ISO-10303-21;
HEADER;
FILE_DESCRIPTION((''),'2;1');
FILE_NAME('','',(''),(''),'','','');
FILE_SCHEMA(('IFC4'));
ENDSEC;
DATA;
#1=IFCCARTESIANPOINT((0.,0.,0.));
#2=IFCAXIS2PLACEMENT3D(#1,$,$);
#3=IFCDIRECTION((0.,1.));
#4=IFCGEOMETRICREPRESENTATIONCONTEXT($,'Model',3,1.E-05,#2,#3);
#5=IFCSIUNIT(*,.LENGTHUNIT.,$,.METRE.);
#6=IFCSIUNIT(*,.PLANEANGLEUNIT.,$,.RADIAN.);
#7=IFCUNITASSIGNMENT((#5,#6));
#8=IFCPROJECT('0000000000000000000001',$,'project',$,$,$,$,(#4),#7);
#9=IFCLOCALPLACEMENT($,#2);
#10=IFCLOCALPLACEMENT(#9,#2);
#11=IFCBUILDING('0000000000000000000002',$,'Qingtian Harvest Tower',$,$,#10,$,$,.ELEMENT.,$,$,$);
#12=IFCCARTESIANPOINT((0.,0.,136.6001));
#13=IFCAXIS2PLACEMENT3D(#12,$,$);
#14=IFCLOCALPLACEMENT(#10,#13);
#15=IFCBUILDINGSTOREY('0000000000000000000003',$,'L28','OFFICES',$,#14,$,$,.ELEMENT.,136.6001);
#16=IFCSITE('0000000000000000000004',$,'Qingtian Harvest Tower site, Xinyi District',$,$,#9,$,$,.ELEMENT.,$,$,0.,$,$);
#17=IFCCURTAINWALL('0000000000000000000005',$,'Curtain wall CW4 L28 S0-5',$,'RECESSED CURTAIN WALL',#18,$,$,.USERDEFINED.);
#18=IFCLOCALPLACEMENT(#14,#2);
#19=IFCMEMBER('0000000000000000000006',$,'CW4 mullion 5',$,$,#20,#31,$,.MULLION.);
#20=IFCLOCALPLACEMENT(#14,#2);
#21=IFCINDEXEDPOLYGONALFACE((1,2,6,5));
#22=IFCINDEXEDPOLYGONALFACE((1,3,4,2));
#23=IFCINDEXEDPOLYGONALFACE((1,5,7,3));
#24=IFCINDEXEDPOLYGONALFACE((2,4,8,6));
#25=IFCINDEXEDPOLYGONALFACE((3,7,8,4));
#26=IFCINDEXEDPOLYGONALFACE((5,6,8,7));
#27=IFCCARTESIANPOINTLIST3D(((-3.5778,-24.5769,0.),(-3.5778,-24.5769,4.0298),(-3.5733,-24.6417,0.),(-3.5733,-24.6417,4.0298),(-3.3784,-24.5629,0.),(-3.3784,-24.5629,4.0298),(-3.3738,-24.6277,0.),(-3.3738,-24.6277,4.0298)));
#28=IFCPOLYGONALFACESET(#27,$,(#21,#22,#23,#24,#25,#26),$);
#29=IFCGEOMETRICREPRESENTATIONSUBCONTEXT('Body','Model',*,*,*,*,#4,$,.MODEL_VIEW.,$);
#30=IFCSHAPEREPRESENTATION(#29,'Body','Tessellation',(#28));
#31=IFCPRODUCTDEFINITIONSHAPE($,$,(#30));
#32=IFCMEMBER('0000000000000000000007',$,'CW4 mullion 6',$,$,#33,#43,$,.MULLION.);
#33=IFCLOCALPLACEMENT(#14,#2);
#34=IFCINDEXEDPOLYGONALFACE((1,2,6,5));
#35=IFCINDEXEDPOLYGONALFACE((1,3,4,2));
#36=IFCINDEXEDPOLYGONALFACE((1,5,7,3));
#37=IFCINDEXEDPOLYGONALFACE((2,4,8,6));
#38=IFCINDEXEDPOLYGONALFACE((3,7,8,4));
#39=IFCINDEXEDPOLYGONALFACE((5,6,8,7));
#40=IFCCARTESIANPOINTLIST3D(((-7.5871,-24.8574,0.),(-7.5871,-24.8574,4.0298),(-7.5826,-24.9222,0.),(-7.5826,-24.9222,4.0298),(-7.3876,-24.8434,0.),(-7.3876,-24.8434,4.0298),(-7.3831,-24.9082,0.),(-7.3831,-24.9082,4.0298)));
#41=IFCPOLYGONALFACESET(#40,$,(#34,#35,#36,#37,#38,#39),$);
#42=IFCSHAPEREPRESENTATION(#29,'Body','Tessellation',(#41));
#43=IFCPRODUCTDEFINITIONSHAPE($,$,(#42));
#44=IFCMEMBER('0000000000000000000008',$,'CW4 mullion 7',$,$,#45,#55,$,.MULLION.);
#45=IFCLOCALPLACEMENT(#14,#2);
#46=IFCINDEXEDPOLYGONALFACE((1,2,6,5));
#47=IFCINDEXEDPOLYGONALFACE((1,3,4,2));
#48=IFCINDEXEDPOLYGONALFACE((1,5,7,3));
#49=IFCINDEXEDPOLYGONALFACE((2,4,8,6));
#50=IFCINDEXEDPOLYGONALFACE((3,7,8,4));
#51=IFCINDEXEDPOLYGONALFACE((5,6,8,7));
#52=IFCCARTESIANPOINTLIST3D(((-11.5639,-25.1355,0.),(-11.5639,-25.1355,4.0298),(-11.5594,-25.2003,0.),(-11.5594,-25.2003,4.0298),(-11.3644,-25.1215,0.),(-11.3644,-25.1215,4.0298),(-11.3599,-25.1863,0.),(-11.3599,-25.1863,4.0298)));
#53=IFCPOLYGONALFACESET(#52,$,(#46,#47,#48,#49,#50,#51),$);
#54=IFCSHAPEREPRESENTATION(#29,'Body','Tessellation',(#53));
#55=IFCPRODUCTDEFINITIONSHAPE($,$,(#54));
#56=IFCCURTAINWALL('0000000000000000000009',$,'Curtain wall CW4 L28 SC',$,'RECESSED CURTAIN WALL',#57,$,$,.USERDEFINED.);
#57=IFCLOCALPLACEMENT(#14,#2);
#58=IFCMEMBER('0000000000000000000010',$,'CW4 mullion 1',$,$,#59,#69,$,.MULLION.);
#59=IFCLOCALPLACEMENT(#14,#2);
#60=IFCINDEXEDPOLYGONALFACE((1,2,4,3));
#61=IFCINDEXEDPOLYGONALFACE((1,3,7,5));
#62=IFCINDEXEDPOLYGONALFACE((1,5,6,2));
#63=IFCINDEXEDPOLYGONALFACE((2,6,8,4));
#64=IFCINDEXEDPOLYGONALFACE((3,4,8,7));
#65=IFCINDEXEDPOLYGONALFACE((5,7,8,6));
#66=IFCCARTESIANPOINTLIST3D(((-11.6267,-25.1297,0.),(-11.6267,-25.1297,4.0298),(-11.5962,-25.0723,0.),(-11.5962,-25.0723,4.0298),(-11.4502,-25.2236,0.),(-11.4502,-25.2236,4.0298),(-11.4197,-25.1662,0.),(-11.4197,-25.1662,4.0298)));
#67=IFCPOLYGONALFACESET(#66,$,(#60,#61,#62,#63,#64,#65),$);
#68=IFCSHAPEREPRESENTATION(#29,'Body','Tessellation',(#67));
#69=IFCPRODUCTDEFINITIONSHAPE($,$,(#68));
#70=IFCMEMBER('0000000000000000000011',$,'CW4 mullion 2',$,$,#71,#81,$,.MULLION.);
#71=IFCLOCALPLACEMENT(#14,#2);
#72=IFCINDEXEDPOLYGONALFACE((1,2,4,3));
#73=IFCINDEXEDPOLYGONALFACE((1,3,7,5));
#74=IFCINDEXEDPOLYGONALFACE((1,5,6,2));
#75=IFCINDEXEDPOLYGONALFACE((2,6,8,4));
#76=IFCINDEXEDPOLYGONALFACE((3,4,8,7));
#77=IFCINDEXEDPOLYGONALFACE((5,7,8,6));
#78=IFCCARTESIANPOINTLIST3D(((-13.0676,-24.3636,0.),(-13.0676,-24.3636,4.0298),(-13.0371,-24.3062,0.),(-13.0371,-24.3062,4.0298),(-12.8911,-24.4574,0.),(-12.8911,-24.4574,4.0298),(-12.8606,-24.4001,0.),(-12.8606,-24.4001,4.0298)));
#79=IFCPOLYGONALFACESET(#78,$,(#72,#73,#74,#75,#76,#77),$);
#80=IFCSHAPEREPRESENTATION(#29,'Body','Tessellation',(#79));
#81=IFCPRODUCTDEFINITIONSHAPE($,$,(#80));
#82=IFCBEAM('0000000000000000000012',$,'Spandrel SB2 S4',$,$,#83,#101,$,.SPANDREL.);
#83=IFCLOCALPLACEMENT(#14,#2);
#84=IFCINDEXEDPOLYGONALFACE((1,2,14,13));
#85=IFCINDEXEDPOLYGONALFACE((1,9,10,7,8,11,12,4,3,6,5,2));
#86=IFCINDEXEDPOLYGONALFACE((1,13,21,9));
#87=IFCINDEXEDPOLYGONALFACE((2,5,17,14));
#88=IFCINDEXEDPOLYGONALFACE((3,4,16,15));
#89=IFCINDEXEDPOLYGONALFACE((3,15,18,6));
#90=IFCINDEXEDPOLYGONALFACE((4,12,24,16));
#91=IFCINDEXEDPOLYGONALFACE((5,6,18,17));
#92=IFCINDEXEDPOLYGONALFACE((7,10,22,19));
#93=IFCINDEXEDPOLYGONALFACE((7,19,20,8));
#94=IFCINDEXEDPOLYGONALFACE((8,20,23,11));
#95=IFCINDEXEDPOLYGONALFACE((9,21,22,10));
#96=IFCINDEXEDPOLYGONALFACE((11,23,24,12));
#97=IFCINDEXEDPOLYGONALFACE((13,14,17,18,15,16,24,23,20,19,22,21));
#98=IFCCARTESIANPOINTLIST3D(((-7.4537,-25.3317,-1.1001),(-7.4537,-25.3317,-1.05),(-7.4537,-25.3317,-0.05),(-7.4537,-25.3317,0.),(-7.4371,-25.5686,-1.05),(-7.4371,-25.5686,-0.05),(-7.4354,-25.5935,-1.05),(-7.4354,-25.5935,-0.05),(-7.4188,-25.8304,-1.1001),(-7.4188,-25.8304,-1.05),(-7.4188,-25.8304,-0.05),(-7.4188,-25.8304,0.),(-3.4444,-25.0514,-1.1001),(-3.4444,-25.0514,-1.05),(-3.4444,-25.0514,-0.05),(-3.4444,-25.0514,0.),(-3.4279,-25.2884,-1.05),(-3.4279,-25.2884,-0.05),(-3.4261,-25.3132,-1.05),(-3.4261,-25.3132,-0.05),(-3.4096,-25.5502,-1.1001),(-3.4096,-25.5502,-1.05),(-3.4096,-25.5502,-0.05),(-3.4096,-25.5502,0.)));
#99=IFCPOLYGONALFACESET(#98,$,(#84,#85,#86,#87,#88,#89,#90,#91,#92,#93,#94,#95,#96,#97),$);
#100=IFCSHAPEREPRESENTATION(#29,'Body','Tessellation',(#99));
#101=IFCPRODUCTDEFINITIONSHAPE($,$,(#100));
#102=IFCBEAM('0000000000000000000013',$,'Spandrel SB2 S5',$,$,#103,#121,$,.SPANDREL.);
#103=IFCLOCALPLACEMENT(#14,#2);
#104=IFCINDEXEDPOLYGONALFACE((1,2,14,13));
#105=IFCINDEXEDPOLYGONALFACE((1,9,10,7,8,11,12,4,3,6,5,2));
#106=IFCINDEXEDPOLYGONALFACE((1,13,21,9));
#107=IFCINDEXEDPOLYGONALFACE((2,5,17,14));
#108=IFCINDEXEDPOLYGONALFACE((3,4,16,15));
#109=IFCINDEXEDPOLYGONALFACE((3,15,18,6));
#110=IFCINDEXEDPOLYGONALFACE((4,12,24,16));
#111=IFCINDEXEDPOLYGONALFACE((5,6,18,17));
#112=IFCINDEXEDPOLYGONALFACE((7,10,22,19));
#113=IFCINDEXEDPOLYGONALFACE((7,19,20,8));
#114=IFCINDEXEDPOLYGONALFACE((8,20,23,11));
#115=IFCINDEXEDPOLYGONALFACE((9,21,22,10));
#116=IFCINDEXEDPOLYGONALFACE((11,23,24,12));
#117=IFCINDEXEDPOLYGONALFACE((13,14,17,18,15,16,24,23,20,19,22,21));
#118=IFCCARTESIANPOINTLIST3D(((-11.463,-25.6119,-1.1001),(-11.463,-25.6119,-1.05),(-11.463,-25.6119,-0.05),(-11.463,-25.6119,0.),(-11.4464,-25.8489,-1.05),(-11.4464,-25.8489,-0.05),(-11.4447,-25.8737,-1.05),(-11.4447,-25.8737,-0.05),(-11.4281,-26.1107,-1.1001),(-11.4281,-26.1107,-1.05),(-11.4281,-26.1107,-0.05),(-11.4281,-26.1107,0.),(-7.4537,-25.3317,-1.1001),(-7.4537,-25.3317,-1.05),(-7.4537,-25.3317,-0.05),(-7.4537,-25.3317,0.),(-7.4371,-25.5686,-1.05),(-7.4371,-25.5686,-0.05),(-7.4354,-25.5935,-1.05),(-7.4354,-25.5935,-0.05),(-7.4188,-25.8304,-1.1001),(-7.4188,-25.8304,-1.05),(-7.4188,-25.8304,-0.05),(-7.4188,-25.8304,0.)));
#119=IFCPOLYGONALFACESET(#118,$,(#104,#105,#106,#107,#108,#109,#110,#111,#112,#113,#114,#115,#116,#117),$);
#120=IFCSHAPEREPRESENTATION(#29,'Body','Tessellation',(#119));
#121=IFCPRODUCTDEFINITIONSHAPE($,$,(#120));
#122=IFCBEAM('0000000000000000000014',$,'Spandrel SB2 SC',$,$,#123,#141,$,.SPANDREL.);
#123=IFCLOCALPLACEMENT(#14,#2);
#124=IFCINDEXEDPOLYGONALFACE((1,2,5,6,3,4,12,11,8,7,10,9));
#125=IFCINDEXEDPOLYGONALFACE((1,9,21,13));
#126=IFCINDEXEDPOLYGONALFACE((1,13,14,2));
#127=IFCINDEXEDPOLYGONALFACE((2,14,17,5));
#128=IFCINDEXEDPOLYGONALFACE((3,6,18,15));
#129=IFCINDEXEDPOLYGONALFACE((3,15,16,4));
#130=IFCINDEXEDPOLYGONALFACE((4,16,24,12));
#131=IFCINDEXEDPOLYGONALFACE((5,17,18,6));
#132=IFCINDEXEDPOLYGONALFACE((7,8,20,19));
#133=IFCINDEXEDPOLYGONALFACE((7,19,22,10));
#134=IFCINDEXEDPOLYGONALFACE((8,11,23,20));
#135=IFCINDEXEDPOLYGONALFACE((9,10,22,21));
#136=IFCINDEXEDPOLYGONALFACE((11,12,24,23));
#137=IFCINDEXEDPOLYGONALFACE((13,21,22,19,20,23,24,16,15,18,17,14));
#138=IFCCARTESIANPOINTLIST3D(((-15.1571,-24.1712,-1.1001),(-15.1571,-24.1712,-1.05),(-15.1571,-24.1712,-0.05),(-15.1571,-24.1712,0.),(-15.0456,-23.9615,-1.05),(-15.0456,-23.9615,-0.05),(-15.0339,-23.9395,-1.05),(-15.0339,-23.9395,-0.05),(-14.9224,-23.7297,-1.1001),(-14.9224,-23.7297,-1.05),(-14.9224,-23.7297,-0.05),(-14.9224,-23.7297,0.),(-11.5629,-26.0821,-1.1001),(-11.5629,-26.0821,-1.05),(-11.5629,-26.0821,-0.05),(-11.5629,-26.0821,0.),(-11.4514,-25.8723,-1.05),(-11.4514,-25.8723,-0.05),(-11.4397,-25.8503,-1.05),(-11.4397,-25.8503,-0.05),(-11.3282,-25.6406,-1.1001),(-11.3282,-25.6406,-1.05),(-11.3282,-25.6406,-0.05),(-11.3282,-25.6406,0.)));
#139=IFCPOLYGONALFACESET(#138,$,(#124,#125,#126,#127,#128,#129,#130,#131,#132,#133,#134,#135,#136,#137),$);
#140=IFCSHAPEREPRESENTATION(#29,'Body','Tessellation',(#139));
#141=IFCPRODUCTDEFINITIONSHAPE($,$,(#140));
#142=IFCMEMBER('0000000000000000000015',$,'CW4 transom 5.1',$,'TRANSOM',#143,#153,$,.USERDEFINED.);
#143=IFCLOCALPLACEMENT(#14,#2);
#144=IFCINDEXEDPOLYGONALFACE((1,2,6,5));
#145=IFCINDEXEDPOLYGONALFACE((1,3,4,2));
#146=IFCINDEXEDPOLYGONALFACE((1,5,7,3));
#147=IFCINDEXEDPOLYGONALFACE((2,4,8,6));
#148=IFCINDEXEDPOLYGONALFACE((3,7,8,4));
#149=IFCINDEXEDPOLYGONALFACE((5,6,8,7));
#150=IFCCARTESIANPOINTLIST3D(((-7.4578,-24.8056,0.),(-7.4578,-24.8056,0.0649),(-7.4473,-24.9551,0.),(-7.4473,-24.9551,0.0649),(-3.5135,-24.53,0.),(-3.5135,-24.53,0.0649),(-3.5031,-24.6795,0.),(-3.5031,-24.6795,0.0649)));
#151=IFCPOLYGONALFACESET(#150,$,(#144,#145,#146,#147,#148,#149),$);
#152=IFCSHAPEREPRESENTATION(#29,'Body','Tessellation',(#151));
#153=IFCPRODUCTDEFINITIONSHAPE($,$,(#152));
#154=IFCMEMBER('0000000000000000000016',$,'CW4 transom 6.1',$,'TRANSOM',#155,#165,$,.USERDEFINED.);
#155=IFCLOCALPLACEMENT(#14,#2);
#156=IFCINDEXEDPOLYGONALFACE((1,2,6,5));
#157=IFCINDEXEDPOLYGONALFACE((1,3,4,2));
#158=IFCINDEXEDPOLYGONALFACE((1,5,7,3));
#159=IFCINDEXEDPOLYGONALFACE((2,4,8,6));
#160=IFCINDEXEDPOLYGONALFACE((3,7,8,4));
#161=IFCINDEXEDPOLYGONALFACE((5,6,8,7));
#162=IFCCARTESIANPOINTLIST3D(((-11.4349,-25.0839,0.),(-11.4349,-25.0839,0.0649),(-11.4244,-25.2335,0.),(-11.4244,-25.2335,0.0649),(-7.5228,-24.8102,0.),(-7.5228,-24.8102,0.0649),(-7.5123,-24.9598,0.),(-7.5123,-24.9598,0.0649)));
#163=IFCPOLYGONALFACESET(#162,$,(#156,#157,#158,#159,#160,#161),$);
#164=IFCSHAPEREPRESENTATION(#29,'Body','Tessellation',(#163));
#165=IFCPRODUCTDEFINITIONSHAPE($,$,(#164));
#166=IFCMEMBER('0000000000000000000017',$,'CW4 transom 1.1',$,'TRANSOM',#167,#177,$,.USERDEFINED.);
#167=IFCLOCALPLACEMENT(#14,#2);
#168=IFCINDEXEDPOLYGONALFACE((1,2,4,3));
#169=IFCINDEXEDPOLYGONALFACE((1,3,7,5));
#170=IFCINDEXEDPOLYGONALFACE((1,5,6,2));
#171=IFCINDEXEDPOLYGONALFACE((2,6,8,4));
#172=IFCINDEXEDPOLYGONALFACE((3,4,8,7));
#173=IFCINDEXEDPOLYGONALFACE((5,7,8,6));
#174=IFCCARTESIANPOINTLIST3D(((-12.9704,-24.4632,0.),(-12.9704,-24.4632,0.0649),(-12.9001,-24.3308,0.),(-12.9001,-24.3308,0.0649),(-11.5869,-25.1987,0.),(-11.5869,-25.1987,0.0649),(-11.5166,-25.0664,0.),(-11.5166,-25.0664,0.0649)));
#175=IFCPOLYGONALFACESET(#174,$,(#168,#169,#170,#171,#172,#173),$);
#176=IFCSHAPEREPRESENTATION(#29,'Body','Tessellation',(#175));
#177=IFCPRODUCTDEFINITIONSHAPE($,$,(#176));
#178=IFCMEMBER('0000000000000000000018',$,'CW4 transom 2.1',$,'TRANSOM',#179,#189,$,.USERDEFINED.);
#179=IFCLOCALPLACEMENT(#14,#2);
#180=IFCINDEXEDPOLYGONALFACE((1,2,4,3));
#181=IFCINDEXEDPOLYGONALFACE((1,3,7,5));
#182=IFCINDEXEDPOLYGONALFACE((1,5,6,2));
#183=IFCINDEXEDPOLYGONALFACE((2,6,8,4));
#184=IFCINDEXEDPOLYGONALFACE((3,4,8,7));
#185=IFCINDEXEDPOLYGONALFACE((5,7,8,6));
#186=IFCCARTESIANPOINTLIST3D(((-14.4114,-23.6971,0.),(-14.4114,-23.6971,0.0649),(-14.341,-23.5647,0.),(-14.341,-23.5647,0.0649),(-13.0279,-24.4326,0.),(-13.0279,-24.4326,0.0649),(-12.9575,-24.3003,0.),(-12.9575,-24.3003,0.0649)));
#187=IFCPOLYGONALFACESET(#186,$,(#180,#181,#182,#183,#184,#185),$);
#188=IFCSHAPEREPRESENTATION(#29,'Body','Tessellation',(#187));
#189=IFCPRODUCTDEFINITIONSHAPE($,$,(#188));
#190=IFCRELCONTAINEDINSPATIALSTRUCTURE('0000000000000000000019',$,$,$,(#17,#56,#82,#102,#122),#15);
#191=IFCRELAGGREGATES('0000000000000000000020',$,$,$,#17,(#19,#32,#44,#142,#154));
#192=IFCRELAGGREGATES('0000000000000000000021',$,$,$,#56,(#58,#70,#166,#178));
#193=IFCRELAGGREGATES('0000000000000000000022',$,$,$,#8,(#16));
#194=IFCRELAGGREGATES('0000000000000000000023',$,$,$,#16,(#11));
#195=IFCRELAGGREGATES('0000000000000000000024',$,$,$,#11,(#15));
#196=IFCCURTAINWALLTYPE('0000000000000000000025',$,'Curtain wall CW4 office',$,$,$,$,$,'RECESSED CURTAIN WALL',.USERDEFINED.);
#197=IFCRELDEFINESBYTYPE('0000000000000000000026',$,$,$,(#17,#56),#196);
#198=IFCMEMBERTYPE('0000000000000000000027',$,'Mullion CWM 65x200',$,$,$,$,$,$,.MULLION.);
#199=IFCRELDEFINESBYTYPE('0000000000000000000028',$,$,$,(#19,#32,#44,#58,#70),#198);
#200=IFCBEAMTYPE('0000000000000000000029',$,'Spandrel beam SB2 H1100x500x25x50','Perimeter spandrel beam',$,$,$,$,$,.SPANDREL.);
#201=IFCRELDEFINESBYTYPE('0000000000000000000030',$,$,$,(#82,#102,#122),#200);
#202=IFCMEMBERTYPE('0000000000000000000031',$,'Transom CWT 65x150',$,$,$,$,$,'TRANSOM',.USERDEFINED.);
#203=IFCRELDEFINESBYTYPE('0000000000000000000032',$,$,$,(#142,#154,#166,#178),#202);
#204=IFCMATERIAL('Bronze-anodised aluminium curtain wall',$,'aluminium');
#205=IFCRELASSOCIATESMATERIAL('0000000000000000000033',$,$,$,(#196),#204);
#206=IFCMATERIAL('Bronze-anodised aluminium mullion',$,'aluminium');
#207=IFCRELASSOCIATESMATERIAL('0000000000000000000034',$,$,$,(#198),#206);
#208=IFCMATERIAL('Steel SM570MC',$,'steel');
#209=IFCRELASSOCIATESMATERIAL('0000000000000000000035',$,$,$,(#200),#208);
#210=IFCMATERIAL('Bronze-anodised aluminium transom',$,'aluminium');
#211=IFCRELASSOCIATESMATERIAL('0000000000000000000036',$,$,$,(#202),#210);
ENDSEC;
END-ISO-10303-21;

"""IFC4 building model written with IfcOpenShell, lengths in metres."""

from ifc_helpers import new_model, si_unit, direction, frame, origin, origin_2d, place, context, subcontext, project, spatial, rectangle, i_section, extrude, material, material_profile, profile_set, type_object, element, aggregate, save


model = new_model("IFC4")

# Units and contexts
model_context = context("Model", 3, precision=1e-05, world=origin(), true_north=direction((0.0, 1.0)))
body_context = subcontext(model_context, "Body", "Model", "MODEL_VIEW")
ifc_project = project(units=[si_unit("LENGTHUNIT", "METRE"), si_unit("PLANEANGLEUNIT", "RADIAN")], contexts=[model_context])

# Site, building, storey
site_placement = place(None, origin())
site = spatial("IfcSite", under=ifc_project, at=site_placement, Name="Qingtian Harvest Tower site, Xinyi District", CompositionType="ELEMENT", RefElevation=0.0)
building_placement = place(site_placement, origin())
building = spatial("IfcBuilding", under=site, at=building_placement, Name="Qingtian Harvest Tower", CompositionType="ELEMENT")
storey_placement = place(building_placement, frame((0.0, 0.0, 136.6001)))
storey = spatial("IfcBuildingStorey", under=building, at=storey_placement, Name="L28", Description="OFFICES", CompositionType="ELEMENT", Elevation=136.6001)

# Curtain walls, members
ifc_material_1 = material(Name="Bronze-anodised aluminium curtain wall", Category="aluminium")
curtain_wall_type = type_object("IfcCurtainWallType", Name="Curtain wall CW4 office", ElementType="RECESSED CURTAIN WALL", PredefinedType="USERDEFINED", material=ifc_material_1)
curtain_wall_1_placement = place(storey_placement, origin())
curtain_wall_1 = element("IfcCurtainWall", 1, at=curtain_wall_1_placement, inside=storey, type_object=curtain_wall_type, Name="Curtain wall CW4 L28 S0-5", ObjectType="RECESSED CURTAIN WALL", PredefinedType="USERDEFINED")
ifc_material_2 = material(Name="Bronze-anodised aluminium mullion", Category="aluminium")
ifc_material_profile_1 = material_profile(ifc_material_2, rectangle(XDim=0.0649, YDim=0.2, at=origin_2d()), Name="AL 65x200")
ifc_profile_set_1 = profile_set([ifc_material_profile_1], Name="Bronze-anodised aluminium mullion")
member_type_1 = type_object("IfcMemberType", Name="Mullion CWM 65x200", PredefinedType="MULLION", material=ifc_profile_set_1)
member_1_placement = place(storey_placement, frame((-3.4758, -24.6023, 0.0), z_axis=(0.0, 0.0, 1.0), x_axis=(0.069756, -0.997564, 0.0)))
member_1 = element("IfcMember", 2, at=member_1_placement, type_object=member_type_1, Name="CW4 mullion 5", PredefinedType="MULLION", context=body_context, shape_type="SweptSolid", body=[
    extrude(rectangle(XDim=0.0649, YDim=0.2, at=origin_2d()), origin(), (0.0, 0.0, 1.0), 4.0298),
])
member_2_placement = place(storey_placement, frame((-7.4851, -24.8828, 0.0), z_axis=(0.0, 0.0, 1.0), x_axis=(0.069756, -0.997564, 0.0)))
member_2 = element("IfcMember", 3, at=member_2_placement, type_object=member_type_1, Name="CW4 mullion 6", PredefinedType="MULLION", context=body_context, shape_type="SweptSolid", body=[
    extrude(rectangle(XDim=0.0649, YDim=0.2, at=origin_2d()), origin(), (0.0, 0.0, 1.0), 4.0298),
])
member_3_placement = place(storey_placement, frame((-11.4619, -25.1609, 0.0), z_axis=(0.0, 0.0, 1.0), x_axis=(0.069756, -0.997564, 0.0)))
member_3 = element("IfcMember", 4, at=member_3_placement, type_object=member_type_1, Name="CW4 mullion 7", PredefinedType="MULLION", context=body_context, shape_type="SweptSolid", body=[
    extrude(rectangle(XDim=0.0649, YDim=0.2, at=origin_2d()), origin(), (0.0, 0.0, 1.0), 4.0298),
])
curtain_wall_2_placement = place(storey_placement, origin())
curtain_wall_2 = element("IfcCurtainWall", 5, at=curtain_wall_2_placement, inside=storey, type_object=curtain_wall_type, Name="Curtain wall CW4 L28 SC", ObjectType="RECESSED CURTAIN WALL", PredefinedType="USERDEFINED")
member_4_placement = place(storey_placement, frame((-11.5232, -25.1479, 0.0), z_axis=(0.0, 0.0, 1.0), x_axis=(-0.469472, -0.882948, 0.0)))
member_4 = element("IfcMember", 6, at=member_4_placement, type_object=member_type_1, Name="CW4 mullion 1", PredefinedType="MULLION", context=body_context, shape_type="SweptSolid", body=[
    extrude(rectangle(XDim=0.0649, YDim=0.2, at=origin_2d()), origin(), (0.0, 0.0, 1.0), 4.0298),
])
member_5_placement = place(storey_placement, frame((-12.9641, -24.3818, 0.0), z_axis=(0.0, 0.0, 1.0), x_axis=(-0.469472, -0.882948, 0.0)))
member_5 = element("IfcMember", 7, at=member_5_placement, type_object=member_type_1, Name="CW4 mullion 2", PredefinedType="MULLION", context=body_context, shape_type="SweptSolid", body=[
    extrude(rectangle(XDim=0.0649, YDim=0.2, at=origin_2d()), origin(), (0.0, 0.0, 1.0), 4.0298),
])

# Beams
ifc_material_3 = material(Name="Steel SM570MC", Category="steel")
ifc_material_profile_2 = material_profile(ifc_material_3, i_section(OverallWidth=0.5, OverallDepth=1.1001, WebThickness=0.0249, FlangeThickness=0.05, at=origin_2d()), Name="H1100x500x25x50")
ifc_profile_set_2 = profile_set([ifc_material_profile_2], Name="Steel SM570MC")
beam_type_1 = type_object("IfcBeamType", Name="Spandrel beam SB2 H1100x500x25x50", Description="Perimeter spandrel beam", PredefinedType="SPANDREL", material=ifc_profile_set_2)
for number, where, z_axis, x_axis, name in (
    (8, (-3.427, -25.3008, -0.55), (-0.997565, -0.069736, 0.0), (0.069736, -0.997565, 0.0), "Spandrel SB2 S4"),
    (9, (-7.4363, -25.5811, -0.55), (-0.997565, -0.069736, 0.0), (0.069736, -0.997565, 0.0), "Spandrel SB2 S5"),
):
    element("IfcBeam", number, at=place(storey_placement, frame(where, z_axis=z_axis, x_axis=x_axis)), inside=storey, type_object=beam_type_1, Name=name, PredefinedType="SPANDREL", context=body_context, shape_type="SweptSolid", body=[
        extrude(i_section(OverallWidth=0.5, OverallDepth=1.1001, WebThickness=0.0249, FlangeThickness=0.05, at=origin_2d()), origin(), (0.0, 0.0, 1.0), 4.019),
    ])
beam_1_placement = place(storey_placement, frame((-11.4456, -25.8613, -0.55), z_axis=(-0.882968, 0.469433, 0.0), x_axis=(-0.469433, -0.882968, 0.0)))
element("IfcBeam", 10, at=beam_1_placement, inside=storey, type_object=beam_type_1, Name="Spandrel SB2 SC", PredefinedType="SPANDREL", context=body_context, shape_type="SweptSolid", body=[
    extrude(i_section(OverallWidth=0.5, OverallDepth=1.1001, WebThickness=0.0249, FlangeThickness=0.05, at=origin_2d()), origin(), (0.0, 0.0, 1.0), 4.0706),
])

# Members
ifc_material_4 = material(Name="Bronze-anodised aluminium transom", Category="aluminium")
ifc_material_profile_3 = material_profile(ifc_material_4, rectangle(XDim=0.1499, YDim=0.0649, at=origin_2d()), Name="AL 65x150")
ifc_profile_set_3 = profile_set([ifc_material_profile_3], Name="Bronze-anodised aluminium transom")
member_type_2 = type_object("IfcMemberType", Name="Transom CWT 65x150", ElementType="TRANSOM", PredefinedType="USERDEFINED", material=ifc_profile_set_3)
member_6_placement = place(storey_placement, frame((-3.5083, -24.6047, 0.0325), z_axis=(-0.997567, -0.069711, 0.0), x_axis=(0.069711, -0.997567, 0.0)))
member_6 = element("IfcMember", 11, at=member_6_placement, type_object=member_type_2, Name="CW4 transom 5.1", ObjectType="TRANSOM", PredefinedType="USERDEFINED", context=body_context, shape_type="SweptSolid", body=[
    extrude(rectangle(XDim=0.1499, YDim=0.0649, at=origin_2d()), origin(), (0.0, 0.0, 1.0), 3.9539),
])
member_7_placement = place(storey_placement, frame((-7.5176, -24.885, 0.0325), z_axis=(-0.997562, -0.069787, 0.0), x_axis=(0.069787, -0.997562, 0.0)))
member_7 = element("IfcMember", 12, at=member_7_placement, type_object=member_type_2, Name="CW4 transom 6.1", ObjectType="TRANSOM", PredefinedType="USERDEFINED", context=body_context, shape_type="SweptSolid", body=[
    extrude(rectangle(XDim=0.1499, YDim=0.0649, at=origin_2d()), origin(), (0.0, 0.0, 1.0), 3.9216),
])
member_8_placement = place(storey_placement, frame((-11.5518, -25.1326, 0.0325), z_axis=(-0.88296, 0.469448, 0.0), x_axis=(-0.469448, -0.88296, 0.0)))
member_8 = element("IfcMember", 13, at=member_8_placement, type_object=member_type_2, Name="CW4 transom 1.1", ObjectType="TRANSOM", PredefinedType="USERDEFINED", context=body_context, shape_type="SweptSolid", body=[
    extrude(rectangle(XDim=0.1499, YDim=0.0649, at=origin_2d()), origin(), (0.0, 0.0, 1.0), 1.5669),
])
member_9_placement = place(storey_placement, frame((-12.9927, -24.3665, 0.0325), z_axis=(-0.88296, 0.469448, 0.0), x_axis=(-0.469448, -0.88296, 0.0)))
member_9 = element("IfcMember", 14, at=member_9_placement, type_object=member_type_2, Name="CW4 transom 2.1", ObjectType="TRANSOM", PredefinedType="USERDEFINED", context=body_context, shape_type="SweptSolid", body=[
    extrude(rectangle(XDim=0.1499, YDim=0.0649, at=origin_2d()), origin(), (0.0, 0.0, 1.0), 1.5669),
])

aggregate(curtain_wall_1, [member_1, member_2, member_3, member_6, member_7])
aggregate(curtain_wall_2, [member_4, member_5, member_8, member_9])

save(model, "model.ifc")
